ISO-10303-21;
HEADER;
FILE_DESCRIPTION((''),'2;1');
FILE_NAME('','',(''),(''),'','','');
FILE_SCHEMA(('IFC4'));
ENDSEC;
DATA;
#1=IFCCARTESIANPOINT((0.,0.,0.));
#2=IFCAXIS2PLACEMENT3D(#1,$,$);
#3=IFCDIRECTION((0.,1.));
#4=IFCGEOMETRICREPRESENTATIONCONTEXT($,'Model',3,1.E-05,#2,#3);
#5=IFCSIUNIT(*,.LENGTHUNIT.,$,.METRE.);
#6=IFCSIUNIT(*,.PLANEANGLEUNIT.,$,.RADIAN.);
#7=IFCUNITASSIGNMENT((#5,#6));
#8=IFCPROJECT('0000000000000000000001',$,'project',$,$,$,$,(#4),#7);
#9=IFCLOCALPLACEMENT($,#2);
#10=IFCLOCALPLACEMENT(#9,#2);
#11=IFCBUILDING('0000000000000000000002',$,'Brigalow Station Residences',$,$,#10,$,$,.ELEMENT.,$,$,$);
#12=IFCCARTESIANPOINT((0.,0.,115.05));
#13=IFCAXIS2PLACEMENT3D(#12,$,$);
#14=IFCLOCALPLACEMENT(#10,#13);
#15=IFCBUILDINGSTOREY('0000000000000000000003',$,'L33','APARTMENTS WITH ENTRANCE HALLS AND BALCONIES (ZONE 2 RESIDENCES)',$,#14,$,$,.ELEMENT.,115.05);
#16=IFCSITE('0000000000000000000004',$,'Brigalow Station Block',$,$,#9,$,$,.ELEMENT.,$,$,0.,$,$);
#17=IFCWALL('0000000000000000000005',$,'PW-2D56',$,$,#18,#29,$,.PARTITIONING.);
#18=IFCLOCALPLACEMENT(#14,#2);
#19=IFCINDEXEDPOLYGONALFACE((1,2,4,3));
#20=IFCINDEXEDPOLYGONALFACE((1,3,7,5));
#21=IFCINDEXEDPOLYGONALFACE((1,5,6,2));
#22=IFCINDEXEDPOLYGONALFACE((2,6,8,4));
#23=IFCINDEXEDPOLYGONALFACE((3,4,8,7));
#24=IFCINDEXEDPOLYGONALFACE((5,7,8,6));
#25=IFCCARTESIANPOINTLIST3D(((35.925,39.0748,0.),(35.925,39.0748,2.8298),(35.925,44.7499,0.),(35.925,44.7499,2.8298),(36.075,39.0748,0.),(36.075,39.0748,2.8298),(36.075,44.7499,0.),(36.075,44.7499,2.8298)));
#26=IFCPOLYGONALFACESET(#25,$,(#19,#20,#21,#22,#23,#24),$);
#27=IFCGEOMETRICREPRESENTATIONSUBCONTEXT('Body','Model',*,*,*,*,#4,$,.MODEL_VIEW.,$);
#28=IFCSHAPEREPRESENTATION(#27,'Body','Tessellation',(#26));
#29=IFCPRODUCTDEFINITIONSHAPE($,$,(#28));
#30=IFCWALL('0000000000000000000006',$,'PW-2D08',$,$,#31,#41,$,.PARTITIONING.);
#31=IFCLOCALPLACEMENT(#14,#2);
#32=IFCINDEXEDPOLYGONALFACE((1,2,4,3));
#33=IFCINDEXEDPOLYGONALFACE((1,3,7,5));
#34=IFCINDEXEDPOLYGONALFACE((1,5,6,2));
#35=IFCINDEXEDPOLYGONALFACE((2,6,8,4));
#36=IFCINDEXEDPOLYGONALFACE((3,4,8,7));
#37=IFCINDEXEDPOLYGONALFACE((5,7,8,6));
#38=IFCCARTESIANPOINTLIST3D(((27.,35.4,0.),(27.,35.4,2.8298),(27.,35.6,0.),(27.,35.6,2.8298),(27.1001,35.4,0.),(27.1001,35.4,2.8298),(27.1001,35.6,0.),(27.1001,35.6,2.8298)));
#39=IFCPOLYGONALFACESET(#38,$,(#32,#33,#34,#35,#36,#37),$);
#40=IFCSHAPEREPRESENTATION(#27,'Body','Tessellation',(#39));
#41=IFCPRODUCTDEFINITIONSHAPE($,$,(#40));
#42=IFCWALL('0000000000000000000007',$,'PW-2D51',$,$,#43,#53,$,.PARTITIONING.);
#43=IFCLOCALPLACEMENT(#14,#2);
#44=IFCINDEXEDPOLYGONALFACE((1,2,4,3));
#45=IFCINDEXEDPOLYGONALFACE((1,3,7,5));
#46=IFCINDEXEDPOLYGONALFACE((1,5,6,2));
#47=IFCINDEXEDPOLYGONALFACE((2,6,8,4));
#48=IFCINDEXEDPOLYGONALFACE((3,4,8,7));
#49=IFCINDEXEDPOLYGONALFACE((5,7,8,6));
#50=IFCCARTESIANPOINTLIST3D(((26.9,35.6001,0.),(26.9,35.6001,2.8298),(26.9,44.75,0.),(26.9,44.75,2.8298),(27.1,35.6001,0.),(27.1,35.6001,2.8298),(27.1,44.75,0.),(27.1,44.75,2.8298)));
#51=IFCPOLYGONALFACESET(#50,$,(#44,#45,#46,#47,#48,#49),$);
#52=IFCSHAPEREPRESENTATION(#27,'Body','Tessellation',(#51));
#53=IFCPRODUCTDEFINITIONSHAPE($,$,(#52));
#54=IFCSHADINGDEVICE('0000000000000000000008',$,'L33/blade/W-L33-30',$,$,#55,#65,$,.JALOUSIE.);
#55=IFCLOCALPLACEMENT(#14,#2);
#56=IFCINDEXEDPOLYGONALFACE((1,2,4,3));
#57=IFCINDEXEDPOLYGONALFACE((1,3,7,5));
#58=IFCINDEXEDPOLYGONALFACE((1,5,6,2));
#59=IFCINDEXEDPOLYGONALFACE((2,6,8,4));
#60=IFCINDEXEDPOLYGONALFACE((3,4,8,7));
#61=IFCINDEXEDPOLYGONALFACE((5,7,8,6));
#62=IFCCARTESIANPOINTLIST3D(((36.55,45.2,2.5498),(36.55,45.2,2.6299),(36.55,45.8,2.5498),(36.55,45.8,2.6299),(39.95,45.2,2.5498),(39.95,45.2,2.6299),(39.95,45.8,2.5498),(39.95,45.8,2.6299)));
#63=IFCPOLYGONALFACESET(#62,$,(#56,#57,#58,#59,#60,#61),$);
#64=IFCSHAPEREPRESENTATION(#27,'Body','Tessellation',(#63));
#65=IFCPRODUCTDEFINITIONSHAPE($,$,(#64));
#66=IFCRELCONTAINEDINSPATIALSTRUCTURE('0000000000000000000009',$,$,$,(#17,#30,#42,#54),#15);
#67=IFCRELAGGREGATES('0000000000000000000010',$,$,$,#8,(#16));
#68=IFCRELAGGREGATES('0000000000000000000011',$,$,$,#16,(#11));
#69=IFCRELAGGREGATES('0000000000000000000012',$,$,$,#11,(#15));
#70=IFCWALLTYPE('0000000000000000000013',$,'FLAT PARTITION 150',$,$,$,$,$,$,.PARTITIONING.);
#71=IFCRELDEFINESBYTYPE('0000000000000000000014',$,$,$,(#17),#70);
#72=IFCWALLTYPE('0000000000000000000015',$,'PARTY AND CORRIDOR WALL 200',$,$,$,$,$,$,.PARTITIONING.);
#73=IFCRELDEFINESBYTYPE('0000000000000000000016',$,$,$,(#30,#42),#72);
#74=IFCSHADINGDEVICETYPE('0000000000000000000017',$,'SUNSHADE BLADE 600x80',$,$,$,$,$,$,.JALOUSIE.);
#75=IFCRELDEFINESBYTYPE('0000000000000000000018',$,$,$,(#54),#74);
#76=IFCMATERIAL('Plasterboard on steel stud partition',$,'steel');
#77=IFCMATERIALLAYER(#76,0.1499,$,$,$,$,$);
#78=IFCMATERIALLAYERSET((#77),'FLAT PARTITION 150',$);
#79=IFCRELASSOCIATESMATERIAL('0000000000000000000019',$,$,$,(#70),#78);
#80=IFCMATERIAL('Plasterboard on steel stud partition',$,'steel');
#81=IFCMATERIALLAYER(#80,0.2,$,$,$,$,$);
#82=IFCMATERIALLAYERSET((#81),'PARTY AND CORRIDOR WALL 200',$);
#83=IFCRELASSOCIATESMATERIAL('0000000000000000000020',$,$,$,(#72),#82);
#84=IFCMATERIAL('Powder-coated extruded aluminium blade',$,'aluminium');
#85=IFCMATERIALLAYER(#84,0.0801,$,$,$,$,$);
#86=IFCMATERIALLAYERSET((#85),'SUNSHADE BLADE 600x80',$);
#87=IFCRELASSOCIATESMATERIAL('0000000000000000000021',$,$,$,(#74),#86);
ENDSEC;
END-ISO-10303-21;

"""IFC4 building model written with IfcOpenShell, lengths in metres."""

from ifc_helpers import new_model, si_unit, direction, frame, frame_2d, origin, origin_2d, place, context, subcontext, project, spatial, rectangle, extrude, material, layer, layer_set, type_object, element, save


model = new_model("IFC4")

# Units and contexts
model_context = context("Model", 3, precision=1e-05, world=origin(), true_north=direction((0.0, 1.0)))
body_context = subcontext(model_context, "Body", "Model", "MODEL_VIEW")
ifc_project = project(units=[si_unit("LENGTHUNIT", "METRE"), si_unit("PLANEANGLEUNIT", "RADIAN")], contexts=[model_context])

# Site, building, storey
site_placement = place(None, origin())
site = spatial("IfcSite", under=ifc_project, at=site_placement, Name="Brigalow Station Block", CompositionType="ELEMENT", RefElevation=0.0)
building_placement = place(site_placement, origin())
building = spatial("IfcBuilding", under=site, at=building_placement, Name="Brigalow Station Residences", CompositionType="ELEMENT")
storey_placement = place(building_placement, frame((0.0, 0.0, 115.05)))
storey = spatial("IfcBuildingStorey", under=building, at=storey_placement, Name="L33", Description="APARTMENTS WITH ENTRANCE HALLS AND BALCONIES (ZONE 2 RESIDENCES)", CompositionType="ELEMENT", Elevation=115.05)

# Shared definitions
ifc_material_1 = material(Name="Plasterboard on steel stud partition", Category="steel")
ifc_layer_1 = layer(ifc_material_1, 0.1499)
ifc_layer_set_1 = layer_set([ifc_layer_1], Name="FLAT PARTITION 150")
wall_type_1 = type_object("IfcWallType", Name="FLAT PARTITION 150", PredefinedType="PARTITIONING", material=ifc_layer_set_1)

# Walls
for number, where, z_axis, x_axis, name in (
    (1, (36.0, 39.075, 0.0), (0.0, 0.0, 1.0), (0.0, 1.0, 0.0), "PW-2D56"),
):
    element("IfcWall", number, at=place(storey_placement, frame(where, z_axis=z_axis, x_axis=x_axis)), inside=storey, type_object=wall_type_1, Name=name, PredefinedType="PARTITIONING", context=body_context, shape_type="SweptSolid", body=[
        extrude(rectangle(XDim=5.675, YDim=0.1499, at=frame_2d((2.8374, 0.0))), origin(), (0.0, 0.0, 1.0), 2.8298),
    ])
ifc_material_2 = material(Name="Plasterboard on steel stud partition", Category="steel")
ifc_layer_2 = layer(ifc_material_2, 0.2)
ifc_layer_set_2 = layer_set([ifc_layer_2], Name="PARTY AND CORRIDOR WALL 200")
wall_type_2 = type_object("IfcWallType", Name="PARTY AND CORRIDOR WALL 200", PredefinedType="PARTITIONING", material=ifc_layer_set_2)
wall_1_placement = place(storey_placement, frame((27.0, 35.5, 0.0), z_axis=(0.0, 0.0, 1.0), x_axis=(1.0, 0.0, 0.0)))
element("IfcWall", 2, at=wall_1_placement, inside=storey, type_object=wall_type_2, Name="PW-2D08", PredefinedType="PARTITIONING", context=body_context, shape_type="SweptSolid", body=[
    extrude(rectangle(XDim=0.1001, YDim=0.2, at=frame_2d((0.05, 0.0))), origin(), (0.0, 0.0, 1.0), 2.8298),
])
wall_2_placement = place(storey_placement, frame((27.0, 35.6001, 0.0), z_axis=(0.0, 0.0, 1.0), x_axis=(0.0, 1.0, 0.0)))
element("IfcWall", 3, at=wall_2_placement, inside=storey, type_object=wall_type_2, Name="PW-2D51", PredefinedType="PARTITIONING", context=body_context, shape_type="SweptSolid", body=[
    extrude(rectangle(XDim=9.1499, YDim=0.2, at=frame_2d((4.575, 0.0))), origin(), (0.0, 0.0, 1.0), 2.8298),
])

# Shading device
ifc_material_3 = material(Name="Powder-coated extruded aluminium blade", Category="aluminium")
ifc_layer_3 = layer(ifc_material_3, 0.0801)
ifc_layer_set_3 = layer_set([ifc_layer_3], Name="SUNSHADE BLADE 600x80")
shading_device_type = type_object("IfcShadingDeviceType", Name="SUNSHADE BLADE 600x80", PredefinedType="JALOUSIE", material=ifc_layer_set_3)
shading_device_placement = place(storey_placement, frame((38.25, 45.5, 2.5498), z_axis=(0.0, 0.0, 1.0), x_axis=(-1.0, 0.0, 0.0)))
element("IfcShadingDevice", 4, at=shading_device_placement, inside=storey, type_object=shading_device_type, Name="L33/blade/W-L33-30", PredefinedType="JALOUSIE", context=body_context, shape_type="SweptSolid", body=[
    extrude(rectangle(XDim=3.3999, YDim=0.6001, at=origin_2d()), origin(), (0.0, 0.0, 1.0), 0.0801),
])

save(model, "model.ifc")
